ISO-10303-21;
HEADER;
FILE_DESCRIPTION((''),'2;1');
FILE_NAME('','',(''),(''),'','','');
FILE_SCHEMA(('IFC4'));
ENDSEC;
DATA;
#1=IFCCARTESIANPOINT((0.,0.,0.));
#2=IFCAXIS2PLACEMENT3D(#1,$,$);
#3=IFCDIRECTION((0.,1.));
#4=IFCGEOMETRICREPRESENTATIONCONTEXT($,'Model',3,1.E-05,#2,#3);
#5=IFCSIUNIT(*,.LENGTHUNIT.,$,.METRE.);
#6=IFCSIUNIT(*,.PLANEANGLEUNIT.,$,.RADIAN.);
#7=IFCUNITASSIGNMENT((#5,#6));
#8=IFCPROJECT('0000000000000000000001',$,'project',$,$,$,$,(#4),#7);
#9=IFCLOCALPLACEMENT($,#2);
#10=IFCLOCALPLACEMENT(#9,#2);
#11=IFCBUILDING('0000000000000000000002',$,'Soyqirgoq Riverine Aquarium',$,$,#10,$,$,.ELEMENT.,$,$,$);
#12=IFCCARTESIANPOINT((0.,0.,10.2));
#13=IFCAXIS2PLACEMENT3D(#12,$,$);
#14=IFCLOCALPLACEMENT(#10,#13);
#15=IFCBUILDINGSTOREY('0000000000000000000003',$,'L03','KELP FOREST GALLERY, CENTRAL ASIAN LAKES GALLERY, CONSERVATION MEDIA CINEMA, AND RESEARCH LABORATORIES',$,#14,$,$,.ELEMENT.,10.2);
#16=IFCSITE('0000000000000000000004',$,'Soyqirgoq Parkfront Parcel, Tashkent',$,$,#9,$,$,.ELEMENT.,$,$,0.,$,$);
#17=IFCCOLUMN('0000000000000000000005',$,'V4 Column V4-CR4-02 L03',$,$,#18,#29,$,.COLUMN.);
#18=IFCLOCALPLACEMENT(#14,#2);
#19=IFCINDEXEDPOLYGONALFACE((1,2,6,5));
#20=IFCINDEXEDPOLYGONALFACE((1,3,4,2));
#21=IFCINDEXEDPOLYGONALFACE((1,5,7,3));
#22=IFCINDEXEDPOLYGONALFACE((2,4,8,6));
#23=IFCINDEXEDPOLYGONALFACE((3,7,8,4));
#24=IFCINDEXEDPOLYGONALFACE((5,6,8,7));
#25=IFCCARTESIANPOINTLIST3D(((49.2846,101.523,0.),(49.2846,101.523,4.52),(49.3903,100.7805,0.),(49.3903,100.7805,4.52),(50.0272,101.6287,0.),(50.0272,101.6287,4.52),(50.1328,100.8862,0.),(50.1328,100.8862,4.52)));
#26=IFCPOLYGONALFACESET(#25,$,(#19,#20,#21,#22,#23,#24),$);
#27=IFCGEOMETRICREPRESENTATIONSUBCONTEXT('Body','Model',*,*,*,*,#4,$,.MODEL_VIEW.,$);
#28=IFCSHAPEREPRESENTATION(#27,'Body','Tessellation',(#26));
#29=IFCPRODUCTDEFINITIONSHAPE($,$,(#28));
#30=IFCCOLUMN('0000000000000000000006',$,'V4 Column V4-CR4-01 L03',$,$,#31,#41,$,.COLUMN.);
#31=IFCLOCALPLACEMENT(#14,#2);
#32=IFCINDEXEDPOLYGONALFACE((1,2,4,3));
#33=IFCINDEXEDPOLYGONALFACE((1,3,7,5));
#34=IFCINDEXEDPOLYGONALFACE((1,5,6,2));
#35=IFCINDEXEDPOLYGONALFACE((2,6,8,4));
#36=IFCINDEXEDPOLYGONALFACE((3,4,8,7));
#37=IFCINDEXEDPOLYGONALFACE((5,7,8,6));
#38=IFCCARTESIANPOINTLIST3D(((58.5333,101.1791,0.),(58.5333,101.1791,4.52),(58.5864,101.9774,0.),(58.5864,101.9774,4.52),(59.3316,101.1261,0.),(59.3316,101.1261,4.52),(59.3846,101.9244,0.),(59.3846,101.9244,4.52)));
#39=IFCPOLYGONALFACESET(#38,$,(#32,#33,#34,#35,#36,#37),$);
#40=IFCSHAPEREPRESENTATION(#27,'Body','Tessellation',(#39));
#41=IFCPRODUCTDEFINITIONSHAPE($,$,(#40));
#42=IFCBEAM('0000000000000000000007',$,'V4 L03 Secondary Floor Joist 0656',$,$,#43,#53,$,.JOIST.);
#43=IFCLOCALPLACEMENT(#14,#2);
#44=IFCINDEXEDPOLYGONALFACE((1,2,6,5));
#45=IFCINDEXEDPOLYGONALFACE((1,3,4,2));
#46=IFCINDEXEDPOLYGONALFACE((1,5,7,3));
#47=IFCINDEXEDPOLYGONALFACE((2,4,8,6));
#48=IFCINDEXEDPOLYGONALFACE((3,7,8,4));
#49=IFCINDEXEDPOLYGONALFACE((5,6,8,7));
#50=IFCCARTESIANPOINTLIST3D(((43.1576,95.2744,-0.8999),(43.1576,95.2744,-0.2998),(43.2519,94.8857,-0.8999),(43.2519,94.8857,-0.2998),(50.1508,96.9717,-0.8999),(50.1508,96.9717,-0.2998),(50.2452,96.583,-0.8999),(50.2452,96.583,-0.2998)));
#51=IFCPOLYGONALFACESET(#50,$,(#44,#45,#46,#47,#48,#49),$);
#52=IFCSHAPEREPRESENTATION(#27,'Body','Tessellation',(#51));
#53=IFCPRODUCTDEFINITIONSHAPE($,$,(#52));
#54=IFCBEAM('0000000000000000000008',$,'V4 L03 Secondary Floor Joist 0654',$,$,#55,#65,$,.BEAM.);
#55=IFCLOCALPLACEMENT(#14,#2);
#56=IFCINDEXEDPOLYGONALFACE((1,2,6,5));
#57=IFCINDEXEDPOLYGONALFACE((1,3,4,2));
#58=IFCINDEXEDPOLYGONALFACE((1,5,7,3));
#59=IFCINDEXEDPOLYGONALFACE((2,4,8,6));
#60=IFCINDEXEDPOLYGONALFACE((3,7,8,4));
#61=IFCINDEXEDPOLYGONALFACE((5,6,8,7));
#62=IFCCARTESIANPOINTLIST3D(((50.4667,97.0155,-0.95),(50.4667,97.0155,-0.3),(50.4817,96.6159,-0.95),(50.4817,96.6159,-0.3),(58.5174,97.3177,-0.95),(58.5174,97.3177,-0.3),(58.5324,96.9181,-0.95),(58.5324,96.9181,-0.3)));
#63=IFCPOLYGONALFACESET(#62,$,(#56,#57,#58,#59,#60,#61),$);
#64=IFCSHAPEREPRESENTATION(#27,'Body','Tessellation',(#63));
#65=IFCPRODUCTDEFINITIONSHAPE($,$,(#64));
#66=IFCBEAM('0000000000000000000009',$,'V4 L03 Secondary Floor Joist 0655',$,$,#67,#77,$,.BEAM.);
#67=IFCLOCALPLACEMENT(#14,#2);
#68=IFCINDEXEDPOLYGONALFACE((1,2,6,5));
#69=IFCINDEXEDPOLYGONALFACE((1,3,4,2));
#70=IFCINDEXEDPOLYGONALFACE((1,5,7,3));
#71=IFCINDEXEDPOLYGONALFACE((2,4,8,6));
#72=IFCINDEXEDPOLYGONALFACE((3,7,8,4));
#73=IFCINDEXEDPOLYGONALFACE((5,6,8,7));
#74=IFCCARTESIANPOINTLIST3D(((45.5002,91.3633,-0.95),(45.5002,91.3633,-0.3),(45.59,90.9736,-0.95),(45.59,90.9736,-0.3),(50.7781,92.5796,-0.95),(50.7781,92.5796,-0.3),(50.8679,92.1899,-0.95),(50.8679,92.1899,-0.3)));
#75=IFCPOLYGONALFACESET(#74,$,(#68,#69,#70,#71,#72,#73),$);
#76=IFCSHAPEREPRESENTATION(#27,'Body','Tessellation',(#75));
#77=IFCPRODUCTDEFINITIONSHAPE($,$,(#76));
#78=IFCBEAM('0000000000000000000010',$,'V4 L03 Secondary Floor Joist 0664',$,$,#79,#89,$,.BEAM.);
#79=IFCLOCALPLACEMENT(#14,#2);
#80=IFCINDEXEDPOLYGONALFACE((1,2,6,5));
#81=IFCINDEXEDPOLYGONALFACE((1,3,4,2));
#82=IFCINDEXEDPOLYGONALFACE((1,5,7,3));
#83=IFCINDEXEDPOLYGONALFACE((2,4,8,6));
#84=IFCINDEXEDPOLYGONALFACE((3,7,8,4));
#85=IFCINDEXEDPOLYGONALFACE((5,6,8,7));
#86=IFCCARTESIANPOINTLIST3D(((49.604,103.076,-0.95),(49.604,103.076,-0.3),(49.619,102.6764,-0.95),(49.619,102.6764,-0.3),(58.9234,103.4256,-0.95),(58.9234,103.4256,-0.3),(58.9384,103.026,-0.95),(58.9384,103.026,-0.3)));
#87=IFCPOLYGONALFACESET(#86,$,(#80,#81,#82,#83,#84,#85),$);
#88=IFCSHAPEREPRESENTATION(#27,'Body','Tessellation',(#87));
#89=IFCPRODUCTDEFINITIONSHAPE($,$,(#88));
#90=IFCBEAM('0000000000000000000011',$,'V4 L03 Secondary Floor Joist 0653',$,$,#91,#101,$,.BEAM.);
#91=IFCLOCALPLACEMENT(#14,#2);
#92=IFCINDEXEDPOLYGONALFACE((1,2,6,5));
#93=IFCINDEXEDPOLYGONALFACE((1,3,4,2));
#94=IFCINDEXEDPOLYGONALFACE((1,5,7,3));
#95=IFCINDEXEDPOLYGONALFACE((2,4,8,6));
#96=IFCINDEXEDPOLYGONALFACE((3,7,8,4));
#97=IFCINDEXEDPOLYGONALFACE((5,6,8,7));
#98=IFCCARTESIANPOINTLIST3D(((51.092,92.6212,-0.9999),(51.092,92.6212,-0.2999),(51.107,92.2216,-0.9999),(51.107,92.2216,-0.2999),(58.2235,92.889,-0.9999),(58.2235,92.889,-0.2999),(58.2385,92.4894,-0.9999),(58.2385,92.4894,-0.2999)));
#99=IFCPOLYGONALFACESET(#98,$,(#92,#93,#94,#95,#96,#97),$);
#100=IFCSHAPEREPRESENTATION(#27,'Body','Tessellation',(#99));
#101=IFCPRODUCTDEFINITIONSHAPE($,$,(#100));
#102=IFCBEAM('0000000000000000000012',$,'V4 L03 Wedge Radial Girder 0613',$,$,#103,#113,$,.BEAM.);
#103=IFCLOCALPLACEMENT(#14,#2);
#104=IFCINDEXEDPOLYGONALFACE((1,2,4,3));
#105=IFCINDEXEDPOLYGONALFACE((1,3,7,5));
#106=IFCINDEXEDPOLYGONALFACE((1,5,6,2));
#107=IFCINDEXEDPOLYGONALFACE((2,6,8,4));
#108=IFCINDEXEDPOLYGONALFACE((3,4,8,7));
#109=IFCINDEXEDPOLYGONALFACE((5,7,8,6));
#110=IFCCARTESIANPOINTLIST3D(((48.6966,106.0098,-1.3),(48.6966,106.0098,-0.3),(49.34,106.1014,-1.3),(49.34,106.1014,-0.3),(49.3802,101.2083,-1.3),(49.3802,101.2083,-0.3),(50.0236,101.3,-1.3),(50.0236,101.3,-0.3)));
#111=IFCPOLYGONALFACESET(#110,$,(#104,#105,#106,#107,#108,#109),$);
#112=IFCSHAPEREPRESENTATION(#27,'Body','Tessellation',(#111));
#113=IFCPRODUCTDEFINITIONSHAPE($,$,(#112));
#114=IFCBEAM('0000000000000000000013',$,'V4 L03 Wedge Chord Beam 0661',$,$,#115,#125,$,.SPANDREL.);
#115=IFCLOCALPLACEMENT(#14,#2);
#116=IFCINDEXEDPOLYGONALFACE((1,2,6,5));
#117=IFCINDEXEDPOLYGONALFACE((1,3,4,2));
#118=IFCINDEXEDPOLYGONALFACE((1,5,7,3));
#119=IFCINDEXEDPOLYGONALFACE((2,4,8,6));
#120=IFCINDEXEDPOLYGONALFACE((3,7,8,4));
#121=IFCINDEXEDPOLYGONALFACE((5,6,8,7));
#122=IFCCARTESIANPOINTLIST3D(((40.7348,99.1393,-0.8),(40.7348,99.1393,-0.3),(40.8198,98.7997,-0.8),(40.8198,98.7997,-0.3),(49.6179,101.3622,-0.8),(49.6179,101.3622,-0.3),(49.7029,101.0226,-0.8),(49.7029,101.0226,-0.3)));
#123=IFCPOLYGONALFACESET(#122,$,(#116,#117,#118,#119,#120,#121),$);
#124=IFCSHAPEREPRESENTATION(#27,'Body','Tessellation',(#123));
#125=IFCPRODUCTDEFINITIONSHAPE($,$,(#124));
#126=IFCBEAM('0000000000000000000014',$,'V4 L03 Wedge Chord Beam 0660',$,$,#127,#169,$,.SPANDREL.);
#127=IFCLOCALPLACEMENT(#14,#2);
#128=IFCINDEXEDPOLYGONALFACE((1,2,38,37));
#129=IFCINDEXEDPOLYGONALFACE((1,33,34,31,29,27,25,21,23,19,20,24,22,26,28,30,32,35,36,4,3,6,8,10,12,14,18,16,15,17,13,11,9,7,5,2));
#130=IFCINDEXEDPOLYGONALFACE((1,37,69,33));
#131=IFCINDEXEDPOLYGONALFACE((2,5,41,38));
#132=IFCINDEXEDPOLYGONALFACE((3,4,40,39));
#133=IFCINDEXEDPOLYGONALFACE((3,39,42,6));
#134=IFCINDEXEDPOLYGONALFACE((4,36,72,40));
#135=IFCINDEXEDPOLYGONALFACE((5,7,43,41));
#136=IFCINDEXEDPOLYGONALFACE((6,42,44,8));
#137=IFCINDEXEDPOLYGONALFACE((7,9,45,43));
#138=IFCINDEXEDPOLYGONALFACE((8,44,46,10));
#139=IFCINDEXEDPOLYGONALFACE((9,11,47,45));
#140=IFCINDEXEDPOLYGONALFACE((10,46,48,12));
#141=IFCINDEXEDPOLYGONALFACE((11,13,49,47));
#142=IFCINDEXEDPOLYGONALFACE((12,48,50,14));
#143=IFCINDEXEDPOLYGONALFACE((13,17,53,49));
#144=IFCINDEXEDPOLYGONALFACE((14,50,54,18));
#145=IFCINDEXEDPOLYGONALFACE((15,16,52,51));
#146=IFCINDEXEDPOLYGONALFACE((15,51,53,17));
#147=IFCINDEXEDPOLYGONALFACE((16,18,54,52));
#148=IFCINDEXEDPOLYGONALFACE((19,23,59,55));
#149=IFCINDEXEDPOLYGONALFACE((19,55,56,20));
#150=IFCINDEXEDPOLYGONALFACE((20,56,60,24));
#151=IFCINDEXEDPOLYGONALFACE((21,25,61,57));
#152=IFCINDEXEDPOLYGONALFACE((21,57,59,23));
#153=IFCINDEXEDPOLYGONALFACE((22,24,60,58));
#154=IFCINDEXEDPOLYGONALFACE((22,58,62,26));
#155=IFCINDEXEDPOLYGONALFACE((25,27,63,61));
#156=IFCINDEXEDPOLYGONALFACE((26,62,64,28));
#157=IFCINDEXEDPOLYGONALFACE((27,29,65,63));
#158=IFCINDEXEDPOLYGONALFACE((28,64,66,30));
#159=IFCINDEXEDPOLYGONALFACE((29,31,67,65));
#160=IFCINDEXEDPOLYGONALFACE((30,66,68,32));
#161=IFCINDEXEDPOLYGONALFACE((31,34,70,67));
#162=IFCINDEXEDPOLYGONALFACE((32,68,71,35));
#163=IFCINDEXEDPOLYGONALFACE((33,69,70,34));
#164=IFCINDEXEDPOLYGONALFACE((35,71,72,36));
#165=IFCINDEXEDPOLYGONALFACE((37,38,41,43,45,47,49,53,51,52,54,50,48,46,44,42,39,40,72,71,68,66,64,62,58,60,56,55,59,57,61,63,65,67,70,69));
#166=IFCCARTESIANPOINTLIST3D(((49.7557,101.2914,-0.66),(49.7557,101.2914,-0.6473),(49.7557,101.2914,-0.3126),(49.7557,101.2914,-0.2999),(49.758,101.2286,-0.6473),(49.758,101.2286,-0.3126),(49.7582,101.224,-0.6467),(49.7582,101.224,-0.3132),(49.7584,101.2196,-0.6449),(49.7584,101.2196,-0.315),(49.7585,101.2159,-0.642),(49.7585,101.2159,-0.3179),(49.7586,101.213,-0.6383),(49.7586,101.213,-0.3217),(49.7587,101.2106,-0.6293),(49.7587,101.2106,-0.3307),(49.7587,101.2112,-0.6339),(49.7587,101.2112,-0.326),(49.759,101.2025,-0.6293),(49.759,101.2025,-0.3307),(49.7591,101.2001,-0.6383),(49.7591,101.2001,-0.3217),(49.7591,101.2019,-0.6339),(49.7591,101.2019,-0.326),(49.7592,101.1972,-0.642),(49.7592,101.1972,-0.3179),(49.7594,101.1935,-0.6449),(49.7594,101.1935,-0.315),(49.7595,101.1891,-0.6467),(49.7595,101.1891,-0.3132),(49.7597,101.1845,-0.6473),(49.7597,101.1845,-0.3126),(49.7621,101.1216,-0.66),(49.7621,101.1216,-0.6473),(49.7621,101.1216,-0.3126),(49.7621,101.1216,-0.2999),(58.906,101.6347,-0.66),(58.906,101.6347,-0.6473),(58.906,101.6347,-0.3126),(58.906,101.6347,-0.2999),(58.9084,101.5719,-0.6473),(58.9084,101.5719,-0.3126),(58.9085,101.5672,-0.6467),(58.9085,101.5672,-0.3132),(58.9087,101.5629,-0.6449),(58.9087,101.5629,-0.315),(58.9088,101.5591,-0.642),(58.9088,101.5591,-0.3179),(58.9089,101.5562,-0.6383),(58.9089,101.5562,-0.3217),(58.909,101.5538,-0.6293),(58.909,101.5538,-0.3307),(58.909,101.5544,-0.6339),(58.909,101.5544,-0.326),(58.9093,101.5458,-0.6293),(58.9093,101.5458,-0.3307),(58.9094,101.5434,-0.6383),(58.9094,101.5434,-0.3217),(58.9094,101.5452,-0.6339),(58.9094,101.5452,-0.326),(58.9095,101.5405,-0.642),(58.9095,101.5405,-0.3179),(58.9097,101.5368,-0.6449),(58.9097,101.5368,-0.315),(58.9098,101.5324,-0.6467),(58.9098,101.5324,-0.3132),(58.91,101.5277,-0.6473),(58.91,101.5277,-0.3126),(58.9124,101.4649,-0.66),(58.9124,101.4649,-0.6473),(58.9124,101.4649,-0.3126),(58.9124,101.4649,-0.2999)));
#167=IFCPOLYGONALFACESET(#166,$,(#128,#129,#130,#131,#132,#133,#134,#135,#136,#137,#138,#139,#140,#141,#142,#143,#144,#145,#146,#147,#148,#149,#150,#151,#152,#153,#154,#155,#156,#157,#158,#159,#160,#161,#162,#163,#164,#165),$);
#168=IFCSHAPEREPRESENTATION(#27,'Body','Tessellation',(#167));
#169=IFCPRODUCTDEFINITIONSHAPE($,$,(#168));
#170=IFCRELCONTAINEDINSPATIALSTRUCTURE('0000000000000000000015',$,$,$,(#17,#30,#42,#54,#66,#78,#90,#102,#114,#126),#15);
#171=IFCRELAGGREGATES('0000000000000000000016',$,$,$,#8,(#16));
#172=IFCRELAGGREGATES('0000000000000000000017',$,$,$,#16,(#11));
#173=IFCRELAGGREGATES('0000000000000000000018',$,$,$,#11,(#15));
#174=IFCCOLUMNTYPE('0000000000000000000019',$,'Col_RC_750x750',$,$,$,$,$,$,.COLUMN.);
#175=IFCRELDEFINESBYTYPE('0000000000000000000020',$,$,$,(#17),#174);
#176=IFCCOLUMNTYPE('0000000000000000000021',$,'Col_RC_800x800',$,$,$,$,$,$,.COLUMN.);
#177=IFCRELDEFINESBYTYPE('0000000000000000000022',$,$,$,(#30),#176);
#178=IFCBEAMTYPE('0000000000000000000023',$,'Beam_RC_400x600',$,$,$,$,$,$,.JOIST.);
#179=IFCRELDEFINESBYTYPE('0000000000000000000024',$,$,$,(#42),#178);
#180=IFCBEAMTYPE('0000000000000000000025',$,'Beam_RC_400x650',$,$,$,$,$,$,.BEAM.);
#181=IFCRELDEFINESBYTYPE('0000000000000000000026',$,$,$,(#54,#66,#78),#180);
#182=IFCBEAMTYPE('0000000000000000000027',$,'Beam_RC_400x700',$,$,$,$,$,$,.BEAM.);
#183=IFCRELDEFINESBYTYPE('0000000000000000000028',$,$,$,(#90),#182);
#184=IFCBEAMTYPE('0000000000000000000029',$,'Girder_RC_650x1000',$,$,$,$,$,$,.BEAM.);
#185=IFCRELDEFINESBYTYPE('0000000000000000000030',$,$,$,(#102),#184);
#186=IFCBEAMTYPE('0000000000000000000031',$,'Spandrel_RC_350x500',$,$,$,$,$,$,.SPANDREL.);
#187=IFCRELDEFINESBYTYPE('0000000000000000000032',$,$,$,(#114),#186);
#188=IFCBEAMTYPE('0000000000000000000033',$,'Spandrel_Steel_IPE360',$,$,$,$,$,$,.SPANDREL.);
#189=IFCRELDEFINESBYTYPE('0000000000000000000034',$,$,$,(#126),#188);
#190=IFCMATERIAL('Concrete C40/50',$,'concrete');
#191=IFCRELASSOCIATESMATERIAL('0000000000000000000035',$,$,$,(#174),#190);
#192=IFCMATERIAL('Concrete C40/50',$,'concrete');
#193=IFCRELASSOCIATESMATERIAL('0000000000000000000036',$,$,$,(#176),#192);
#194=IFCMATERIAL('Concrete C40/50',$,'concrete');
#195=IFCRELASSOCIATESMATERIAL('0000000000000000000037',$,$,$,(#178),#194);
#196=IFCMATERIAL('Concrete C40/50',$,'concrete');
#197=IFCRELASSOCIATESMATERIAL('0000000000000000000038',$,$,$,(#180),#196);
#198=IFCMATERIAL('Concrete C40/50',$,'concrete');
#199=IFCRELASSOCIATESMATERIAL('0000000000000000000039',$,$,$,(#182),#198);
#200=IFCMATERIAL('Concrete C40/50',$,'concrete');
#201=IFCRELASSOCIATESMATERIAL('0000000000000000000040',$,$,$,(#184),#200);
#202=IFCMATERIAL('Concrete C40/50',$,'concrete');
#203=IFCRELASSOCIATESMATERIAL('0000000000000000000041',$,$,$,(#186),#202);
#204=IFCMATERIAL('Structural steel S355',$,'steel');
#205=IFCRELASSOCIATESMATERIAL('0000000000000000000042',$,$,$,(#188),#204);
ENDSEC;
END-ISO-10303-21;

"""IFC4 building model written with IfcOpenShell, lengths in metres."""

from ifc_helpers import new_model, si_unit, direction, frame, origin, origin_2d, place, context, subcontext, project, spatial, rectangle, i_section, extrude, material, material_profile, profile_set, type_object, element, save


model = new_model("IFC4")

# Units and contexts
model_context = context("Model", 3, precision=1e-05, world=origin(), true_north=direction((0.0, 1.0)))
body_context = subcontext(model_context, "Body", "Model", "MODEL_VIEW")
ifc_project = project(units=[si_unit("LENGTHUNIT", "METRE"), si_unit("PLANEANGLEUNIT", "RADIAN")], contexts=[model_context])

# Site, building, storey
site_placement = place(None, origin())
site = spatial("IfcSite", under=ifc_project, at=site_placement, Name="Soyqirgoq Parkfront Parcel, Tashkent", CompositionType="ELEMENT", RefElevation=0.0)
building_placement = place(site_placement, origin())
building = spatial("IfcBuilding", under=site, at=building_placement, Name="Soyqirgoq Riverine Aquarium", CompositionType="ELEMENT")
storey_placement = place(building_placement, frame((0.0, 0.0, 10.2)))
storey = spatial("IfcBuildingStorey", under=building, at=storey_placement, Name="L03", Description="KELP FOREST GALLERY, CENTRAL ASIAN LAKES GALLERY, CONSERVATION MEDIA CINEMA, AND RESEARCH LABORATORIES", CompositionType="ELEMENT", Elevation=10.2)

# Columns
ifc_material_1 = material(Name="Concrete C40/50", Category="concrete")
ifc_material_profile_1 = material_profile(ifc_material_1, rectangle(XDim=0.75, YDim=0.75, at=origin_2d()), Name="RC 750x750")
ifc_profile_set_1 = profile_set([ifc_material_profile_1], Name="Concrete C40/50")
column_type_1 = type_object("IfcColumnType", Name="Col_RC_750x750", PredefinedType="COLUMN", material=ifc_profile_set_1)
column_1_placement = place(storey_placement, frame((49.7087, 101.2046, 0.0), z_axis=(0.0, 0.0, 1.0), x_axis=(-0.140901, 0.990024, 0.0)))
element("IfcColumn", 1, at=column_1_placement, inside=storey, type_object=column_type_1, Name="V4 Column V4-CR4-02 L03", PredefinedType="COLUMN", context=body_context, shape_type="SweptSolid", body=[
    extrude(rectangle(XDim=0.75, YDim=0.75, at=origin_2d()), origin(), (0.0, 0.0, 1.0), 4.52),
])
ifc_material_2 = material(Name="Concrete C40/50", Category="concrete")
ifc_material_profile_2 = material_profile(ifc_material_2, rectangle(XDim=0.8, YDim=0.8, at=origin_2d()), Name="RC 800x800")
ifc_profile_set_2 = profile_set([ifc_material_profile_2], Name="Concrete C40/50")
column_type_2 = type_object("IfcColumnType", Name="Col_RC_800x800", PredefinedType="COLUMN", material=ifc_profile_set_2)
column_2_placement = place(storey_placement, frame((58.959, 101.5518, 0.0), z_axis=(0.0, 0.0, 1.0), x_axis=(0.066274, 0.997801, 0.0)))
element("IfcColumn", 2, at=column_2_placement, inside=storey, type_object=column_type_2, Name="V4 Column V4-CR4-01 L03", PredefinedType="COLUMN", context=body_context, shape_type="SweptSolid", body=[
    extrude(rectangle(XDim=0.8, YDim=0.8, at=origin_2d()), origin(), (0.0, 0.0, 1.0), 4.52),
])

# Beams
ifc_material_3 = material(Name="Concrete C40/50", Category="concrete")
ifc_material_profile_3 = material_profile(ifc_material_3, rectangle(XDim=0.3999, YDim=0.6001, at=origin_2d()), Name="RC 400x600")
ifc_profile_set_3 = profile_set([ifc_material_profile_3], Name="Concrete C40/50")
beam_type_1 = type_object("IfcBeamType", Name="Beam_RC_400x600", PredefinedType="JOIST", material=ifc_profile_set_3)
beam_1_placement = place(storey_placement, frame((50.198, 96.7773, -0.5999), z_axis=(-0.971788, -0.235856, 0.0), x_axis=(0.235856, -0.971788, 0.0)))
element("IfcBeam", 3, at=beam_1_placement, inside=storey, type_object=beam_type_1, Name="V4 L03 Secondary Floor Joist 0656", PredefinedType="JOIST", context=body_context, shape_type="SweptSolid", body=[
    extrude(rectangle(XDim=0.3999, YDim=0.6001, at=origin_2d()), origin(), (0.0, 0.0, 1.0), 7.1963),
])
ifc_material_4 = material(Name="Concrete C40/50", Category="concrete")
ifc_material_profile_4 = material_profile(ifc_material_4, rectangle(XDim=0.3999, YDim=0.6499, at=origin_2d()), Name="RC 400x650")
ifc_profile_set_4 = profile_set([ifc_material_profile_4], Name="Concrete C40/50")
beam_type_2 = type_object("IfcBeamType", Name="Beam_RC_400x650", PredefinedType="BEAM", material=ifc_profile_set_4)
beam_2_placement = place(storey_placement, frame((58.5249, 97.1179, -0.625), z_axis=(-0.999296, -0.037516, 0.0), x_axis=(0.037516, -0.999296, 0.0)))
element("IfcBeam", 4, at=beam_2_placement, inside=storey, type_object=beam_type_2, Name="V4 L03 Secondary Floor Joist 0654", PredefinedType="BEAM", context=body_context, shape_type="SweptSolid", body=[
    extrude(rectangle(XDim=0.3999, YDim=0.6499, at=origin_2d()), origin(), (0.0, 0.0, 1.0), 8.0564),
])
beam_3_placement = place(storey_placement, frame((50.823, 92.3848, -0.625), z_axis=(-0.974458, -0.22457, 0.0), x_axis=(0.22457, -0.974458, 0.0)))
element("IfcBeam", 5, at=beam_3_placement, inside=storey, type_object=beam_type_2, Name="V4 L03 Secondary Floor Joist 0655", PredefinedType="BEAM", context=body_context, shape_type="SweptSolid", body=[
    extrude(rectangle(XDim=0.3999, YDim=0.6499, at=origin_2d()), origin(), (0.0, 0.0, 1.0), 5.4163),
])
beam_4_placement = place(storey_placement, frame((58.9309, 103.2258, -0.625), z_axis=(-0.999297, -0.037488, 0.0), x_axis=(0.037488, -0.999297, 0.0)))
element("IfcBeam", 6, at=beam_4_placement, inside=storey, type_object=beam_type_2, Name="V4 L03 Secondary Floor Joist 0664", PredefinedType="BEAM", context=body_context, shape_type="SweptSolid", body=[
    extrude(rectangle(XDim=0.3999, YDim=0.6499, at=origin_2d()), origin(), (0.0, 0.0, 1.0), 9.3259),
])
ifc_material_5 = material(Name="Concrete C40/50", Category="concrete")
ifc_material_profile_5 = material_profile(ifc_material_5, rectangle(XDim=0.3999, YDim=0.7, at=origin_2d()), Name="RC 400x700")
ifc_profile_set_5 = profile_set([ifc_material_profile_5], Name="Concrete C40/50")
beam_type_3 = type_object("IfcBeamType", Name="Beam_RC_400x700", PredefinedType="BEAM", material=ifc_profile_set_5)
beam_5_placement = place(storey_placement, frame((58.231, 92.6892, -0.6499), z_axis=(-0.999296, -0.037529, 0.0), x_axis=(0.037529, -0.999296, 0.0)))
element("IfcBeam", 7, at=beam_5_placement, inside=storey, type_object=beam_type_3, Name="V4 L03 Secondary Floor Joist 0653", PredefinedType="BEAM", context=body_context, shape_type="SweptSolid", body=[
    extrude(rectangle(XDim=0.3999, YDim=0.7, at=origin_2d()), origin(), (0.0, 0.0, 1.0), 7.1365),
])
ifc_material_6 = material(Name="Concrete C40/50", Category="concrete")
ifc_material_profile_6 = material_profile(ifc_material_6, rectangle(XDim=0.6499, YDim=1.0, at=origin_2d()), Name="RC 650x1000")
ifc_profile_set_6 = profile_set([ifc_material_profile_6], Name="Concrete C40/50")
beam_type_4 = type_object("IfcBeamType", Name="Girder_RC_650x1000", PredefinedType="BEAM", material=ifc_profile_set_6)
beam_6_placement = place(storey_placement, frame((49.7019, 101.2542, -0.8), z_axis=(-0.140949, 0.990017, 0.0), x_axis=(-0.990017, -0.140949, 0.0)))
element("IfcBeam", 8, at=beam_6_placement, inside=storey, type_object=beam_type_4, Name="V4 L03 Wedge Radial Girder 0613", PredefinedType="BEAM", context=body_context, shape_type="SweptSolid", body=[
    extrude(rectangle(XDim=0.6499, YDim=1.0, at=origin_2d()), origin(), (0.0, 0.0, 1.0), 4.8499),
])
ifc_material_7 = material(Name="Concrete C40/50", Category="concrete")
ifc_material_profile_7 = material_profile(ifc_material_7, rectangle(XDim=0.3501, YDim=0.5, at=origin_2d()), Name="RC 350x500")
ifc_profile_set_7 = profile_set([ifc_material_profile_7], Name="Concrete C40/50")
beam_type_5 = type_object("IfcBeamType", Name="Spandrel_RC_350x500", PredefinedType="SPANDREL", material=ifc_profile_set_7)
beam_7_placement = place(storey_placement, frame((49.6604, 101.1924, -0.55), z_axis=(-0.970088, -0.242755, 0.0), x_axis=(0.242755, -0.970088, 0.0)))
element("IfcBeam", 9, at=beam_7_placement, inside=storey, type_object=beam_type_5, Name="V4 L03 Wedge Chord Beam 0661", PredefinedType="SPANDREL", context=body_context, shape_type="SweptSolid", body=[
    extrude(rectangle(XDim=0.3501, YDim=0.5, at=origin_2d()), origin(), (0.0, 0.0, 1.0), 9.157),
])
ifc_material_8 = material(Name="Structural steel S355", Category="steel")
ifc_material_profile_8 = material_profile(ifc_material_8, i_section(OverallWidth=0.1699, OverallDepth=0.3601, WebThickness=0.0081, FlangeThickness=0.0127, FilletRadius=0.0181, at=origin_2d()), Name="IPE 360")
ifc_profile_set_8 = profile_set([ifc_material_profile_8], Name="Structural steel S355")
beam_type_6 = type_object("IfcBeamType", Name="Spandrel_Steel_IPE360", PredefinedType="SPANDREL", material=ifc_profile_set_8)
beam_8_placement = place(storey_placement, frame((58.9092, 101.5498, -0.48), z_axis=(-0.999297, -0.037487, 0.0), x_axis=(0.037487, -0.999297, 0.0)))
element("IfcBeam", 10, at=beam_8_placement, inside=storey, type_object=beam_type_6, Name="V4 L03 Wedge Chord Beam 0660", PredefinedType="SPANDREL", context=body_context, shape_type="SweptSolid", body=[
    extrude(i_section(OverallWidth=0.1699, OverallDepth=0.3601, WebThickness=0.0081, FlangeThickness=0.0127, FilletRadius=0.0181, at=origin_2d()), origin(), (0.0, 0.0, 1.0), 9.1567),
])

save(model, "model.ifc")
